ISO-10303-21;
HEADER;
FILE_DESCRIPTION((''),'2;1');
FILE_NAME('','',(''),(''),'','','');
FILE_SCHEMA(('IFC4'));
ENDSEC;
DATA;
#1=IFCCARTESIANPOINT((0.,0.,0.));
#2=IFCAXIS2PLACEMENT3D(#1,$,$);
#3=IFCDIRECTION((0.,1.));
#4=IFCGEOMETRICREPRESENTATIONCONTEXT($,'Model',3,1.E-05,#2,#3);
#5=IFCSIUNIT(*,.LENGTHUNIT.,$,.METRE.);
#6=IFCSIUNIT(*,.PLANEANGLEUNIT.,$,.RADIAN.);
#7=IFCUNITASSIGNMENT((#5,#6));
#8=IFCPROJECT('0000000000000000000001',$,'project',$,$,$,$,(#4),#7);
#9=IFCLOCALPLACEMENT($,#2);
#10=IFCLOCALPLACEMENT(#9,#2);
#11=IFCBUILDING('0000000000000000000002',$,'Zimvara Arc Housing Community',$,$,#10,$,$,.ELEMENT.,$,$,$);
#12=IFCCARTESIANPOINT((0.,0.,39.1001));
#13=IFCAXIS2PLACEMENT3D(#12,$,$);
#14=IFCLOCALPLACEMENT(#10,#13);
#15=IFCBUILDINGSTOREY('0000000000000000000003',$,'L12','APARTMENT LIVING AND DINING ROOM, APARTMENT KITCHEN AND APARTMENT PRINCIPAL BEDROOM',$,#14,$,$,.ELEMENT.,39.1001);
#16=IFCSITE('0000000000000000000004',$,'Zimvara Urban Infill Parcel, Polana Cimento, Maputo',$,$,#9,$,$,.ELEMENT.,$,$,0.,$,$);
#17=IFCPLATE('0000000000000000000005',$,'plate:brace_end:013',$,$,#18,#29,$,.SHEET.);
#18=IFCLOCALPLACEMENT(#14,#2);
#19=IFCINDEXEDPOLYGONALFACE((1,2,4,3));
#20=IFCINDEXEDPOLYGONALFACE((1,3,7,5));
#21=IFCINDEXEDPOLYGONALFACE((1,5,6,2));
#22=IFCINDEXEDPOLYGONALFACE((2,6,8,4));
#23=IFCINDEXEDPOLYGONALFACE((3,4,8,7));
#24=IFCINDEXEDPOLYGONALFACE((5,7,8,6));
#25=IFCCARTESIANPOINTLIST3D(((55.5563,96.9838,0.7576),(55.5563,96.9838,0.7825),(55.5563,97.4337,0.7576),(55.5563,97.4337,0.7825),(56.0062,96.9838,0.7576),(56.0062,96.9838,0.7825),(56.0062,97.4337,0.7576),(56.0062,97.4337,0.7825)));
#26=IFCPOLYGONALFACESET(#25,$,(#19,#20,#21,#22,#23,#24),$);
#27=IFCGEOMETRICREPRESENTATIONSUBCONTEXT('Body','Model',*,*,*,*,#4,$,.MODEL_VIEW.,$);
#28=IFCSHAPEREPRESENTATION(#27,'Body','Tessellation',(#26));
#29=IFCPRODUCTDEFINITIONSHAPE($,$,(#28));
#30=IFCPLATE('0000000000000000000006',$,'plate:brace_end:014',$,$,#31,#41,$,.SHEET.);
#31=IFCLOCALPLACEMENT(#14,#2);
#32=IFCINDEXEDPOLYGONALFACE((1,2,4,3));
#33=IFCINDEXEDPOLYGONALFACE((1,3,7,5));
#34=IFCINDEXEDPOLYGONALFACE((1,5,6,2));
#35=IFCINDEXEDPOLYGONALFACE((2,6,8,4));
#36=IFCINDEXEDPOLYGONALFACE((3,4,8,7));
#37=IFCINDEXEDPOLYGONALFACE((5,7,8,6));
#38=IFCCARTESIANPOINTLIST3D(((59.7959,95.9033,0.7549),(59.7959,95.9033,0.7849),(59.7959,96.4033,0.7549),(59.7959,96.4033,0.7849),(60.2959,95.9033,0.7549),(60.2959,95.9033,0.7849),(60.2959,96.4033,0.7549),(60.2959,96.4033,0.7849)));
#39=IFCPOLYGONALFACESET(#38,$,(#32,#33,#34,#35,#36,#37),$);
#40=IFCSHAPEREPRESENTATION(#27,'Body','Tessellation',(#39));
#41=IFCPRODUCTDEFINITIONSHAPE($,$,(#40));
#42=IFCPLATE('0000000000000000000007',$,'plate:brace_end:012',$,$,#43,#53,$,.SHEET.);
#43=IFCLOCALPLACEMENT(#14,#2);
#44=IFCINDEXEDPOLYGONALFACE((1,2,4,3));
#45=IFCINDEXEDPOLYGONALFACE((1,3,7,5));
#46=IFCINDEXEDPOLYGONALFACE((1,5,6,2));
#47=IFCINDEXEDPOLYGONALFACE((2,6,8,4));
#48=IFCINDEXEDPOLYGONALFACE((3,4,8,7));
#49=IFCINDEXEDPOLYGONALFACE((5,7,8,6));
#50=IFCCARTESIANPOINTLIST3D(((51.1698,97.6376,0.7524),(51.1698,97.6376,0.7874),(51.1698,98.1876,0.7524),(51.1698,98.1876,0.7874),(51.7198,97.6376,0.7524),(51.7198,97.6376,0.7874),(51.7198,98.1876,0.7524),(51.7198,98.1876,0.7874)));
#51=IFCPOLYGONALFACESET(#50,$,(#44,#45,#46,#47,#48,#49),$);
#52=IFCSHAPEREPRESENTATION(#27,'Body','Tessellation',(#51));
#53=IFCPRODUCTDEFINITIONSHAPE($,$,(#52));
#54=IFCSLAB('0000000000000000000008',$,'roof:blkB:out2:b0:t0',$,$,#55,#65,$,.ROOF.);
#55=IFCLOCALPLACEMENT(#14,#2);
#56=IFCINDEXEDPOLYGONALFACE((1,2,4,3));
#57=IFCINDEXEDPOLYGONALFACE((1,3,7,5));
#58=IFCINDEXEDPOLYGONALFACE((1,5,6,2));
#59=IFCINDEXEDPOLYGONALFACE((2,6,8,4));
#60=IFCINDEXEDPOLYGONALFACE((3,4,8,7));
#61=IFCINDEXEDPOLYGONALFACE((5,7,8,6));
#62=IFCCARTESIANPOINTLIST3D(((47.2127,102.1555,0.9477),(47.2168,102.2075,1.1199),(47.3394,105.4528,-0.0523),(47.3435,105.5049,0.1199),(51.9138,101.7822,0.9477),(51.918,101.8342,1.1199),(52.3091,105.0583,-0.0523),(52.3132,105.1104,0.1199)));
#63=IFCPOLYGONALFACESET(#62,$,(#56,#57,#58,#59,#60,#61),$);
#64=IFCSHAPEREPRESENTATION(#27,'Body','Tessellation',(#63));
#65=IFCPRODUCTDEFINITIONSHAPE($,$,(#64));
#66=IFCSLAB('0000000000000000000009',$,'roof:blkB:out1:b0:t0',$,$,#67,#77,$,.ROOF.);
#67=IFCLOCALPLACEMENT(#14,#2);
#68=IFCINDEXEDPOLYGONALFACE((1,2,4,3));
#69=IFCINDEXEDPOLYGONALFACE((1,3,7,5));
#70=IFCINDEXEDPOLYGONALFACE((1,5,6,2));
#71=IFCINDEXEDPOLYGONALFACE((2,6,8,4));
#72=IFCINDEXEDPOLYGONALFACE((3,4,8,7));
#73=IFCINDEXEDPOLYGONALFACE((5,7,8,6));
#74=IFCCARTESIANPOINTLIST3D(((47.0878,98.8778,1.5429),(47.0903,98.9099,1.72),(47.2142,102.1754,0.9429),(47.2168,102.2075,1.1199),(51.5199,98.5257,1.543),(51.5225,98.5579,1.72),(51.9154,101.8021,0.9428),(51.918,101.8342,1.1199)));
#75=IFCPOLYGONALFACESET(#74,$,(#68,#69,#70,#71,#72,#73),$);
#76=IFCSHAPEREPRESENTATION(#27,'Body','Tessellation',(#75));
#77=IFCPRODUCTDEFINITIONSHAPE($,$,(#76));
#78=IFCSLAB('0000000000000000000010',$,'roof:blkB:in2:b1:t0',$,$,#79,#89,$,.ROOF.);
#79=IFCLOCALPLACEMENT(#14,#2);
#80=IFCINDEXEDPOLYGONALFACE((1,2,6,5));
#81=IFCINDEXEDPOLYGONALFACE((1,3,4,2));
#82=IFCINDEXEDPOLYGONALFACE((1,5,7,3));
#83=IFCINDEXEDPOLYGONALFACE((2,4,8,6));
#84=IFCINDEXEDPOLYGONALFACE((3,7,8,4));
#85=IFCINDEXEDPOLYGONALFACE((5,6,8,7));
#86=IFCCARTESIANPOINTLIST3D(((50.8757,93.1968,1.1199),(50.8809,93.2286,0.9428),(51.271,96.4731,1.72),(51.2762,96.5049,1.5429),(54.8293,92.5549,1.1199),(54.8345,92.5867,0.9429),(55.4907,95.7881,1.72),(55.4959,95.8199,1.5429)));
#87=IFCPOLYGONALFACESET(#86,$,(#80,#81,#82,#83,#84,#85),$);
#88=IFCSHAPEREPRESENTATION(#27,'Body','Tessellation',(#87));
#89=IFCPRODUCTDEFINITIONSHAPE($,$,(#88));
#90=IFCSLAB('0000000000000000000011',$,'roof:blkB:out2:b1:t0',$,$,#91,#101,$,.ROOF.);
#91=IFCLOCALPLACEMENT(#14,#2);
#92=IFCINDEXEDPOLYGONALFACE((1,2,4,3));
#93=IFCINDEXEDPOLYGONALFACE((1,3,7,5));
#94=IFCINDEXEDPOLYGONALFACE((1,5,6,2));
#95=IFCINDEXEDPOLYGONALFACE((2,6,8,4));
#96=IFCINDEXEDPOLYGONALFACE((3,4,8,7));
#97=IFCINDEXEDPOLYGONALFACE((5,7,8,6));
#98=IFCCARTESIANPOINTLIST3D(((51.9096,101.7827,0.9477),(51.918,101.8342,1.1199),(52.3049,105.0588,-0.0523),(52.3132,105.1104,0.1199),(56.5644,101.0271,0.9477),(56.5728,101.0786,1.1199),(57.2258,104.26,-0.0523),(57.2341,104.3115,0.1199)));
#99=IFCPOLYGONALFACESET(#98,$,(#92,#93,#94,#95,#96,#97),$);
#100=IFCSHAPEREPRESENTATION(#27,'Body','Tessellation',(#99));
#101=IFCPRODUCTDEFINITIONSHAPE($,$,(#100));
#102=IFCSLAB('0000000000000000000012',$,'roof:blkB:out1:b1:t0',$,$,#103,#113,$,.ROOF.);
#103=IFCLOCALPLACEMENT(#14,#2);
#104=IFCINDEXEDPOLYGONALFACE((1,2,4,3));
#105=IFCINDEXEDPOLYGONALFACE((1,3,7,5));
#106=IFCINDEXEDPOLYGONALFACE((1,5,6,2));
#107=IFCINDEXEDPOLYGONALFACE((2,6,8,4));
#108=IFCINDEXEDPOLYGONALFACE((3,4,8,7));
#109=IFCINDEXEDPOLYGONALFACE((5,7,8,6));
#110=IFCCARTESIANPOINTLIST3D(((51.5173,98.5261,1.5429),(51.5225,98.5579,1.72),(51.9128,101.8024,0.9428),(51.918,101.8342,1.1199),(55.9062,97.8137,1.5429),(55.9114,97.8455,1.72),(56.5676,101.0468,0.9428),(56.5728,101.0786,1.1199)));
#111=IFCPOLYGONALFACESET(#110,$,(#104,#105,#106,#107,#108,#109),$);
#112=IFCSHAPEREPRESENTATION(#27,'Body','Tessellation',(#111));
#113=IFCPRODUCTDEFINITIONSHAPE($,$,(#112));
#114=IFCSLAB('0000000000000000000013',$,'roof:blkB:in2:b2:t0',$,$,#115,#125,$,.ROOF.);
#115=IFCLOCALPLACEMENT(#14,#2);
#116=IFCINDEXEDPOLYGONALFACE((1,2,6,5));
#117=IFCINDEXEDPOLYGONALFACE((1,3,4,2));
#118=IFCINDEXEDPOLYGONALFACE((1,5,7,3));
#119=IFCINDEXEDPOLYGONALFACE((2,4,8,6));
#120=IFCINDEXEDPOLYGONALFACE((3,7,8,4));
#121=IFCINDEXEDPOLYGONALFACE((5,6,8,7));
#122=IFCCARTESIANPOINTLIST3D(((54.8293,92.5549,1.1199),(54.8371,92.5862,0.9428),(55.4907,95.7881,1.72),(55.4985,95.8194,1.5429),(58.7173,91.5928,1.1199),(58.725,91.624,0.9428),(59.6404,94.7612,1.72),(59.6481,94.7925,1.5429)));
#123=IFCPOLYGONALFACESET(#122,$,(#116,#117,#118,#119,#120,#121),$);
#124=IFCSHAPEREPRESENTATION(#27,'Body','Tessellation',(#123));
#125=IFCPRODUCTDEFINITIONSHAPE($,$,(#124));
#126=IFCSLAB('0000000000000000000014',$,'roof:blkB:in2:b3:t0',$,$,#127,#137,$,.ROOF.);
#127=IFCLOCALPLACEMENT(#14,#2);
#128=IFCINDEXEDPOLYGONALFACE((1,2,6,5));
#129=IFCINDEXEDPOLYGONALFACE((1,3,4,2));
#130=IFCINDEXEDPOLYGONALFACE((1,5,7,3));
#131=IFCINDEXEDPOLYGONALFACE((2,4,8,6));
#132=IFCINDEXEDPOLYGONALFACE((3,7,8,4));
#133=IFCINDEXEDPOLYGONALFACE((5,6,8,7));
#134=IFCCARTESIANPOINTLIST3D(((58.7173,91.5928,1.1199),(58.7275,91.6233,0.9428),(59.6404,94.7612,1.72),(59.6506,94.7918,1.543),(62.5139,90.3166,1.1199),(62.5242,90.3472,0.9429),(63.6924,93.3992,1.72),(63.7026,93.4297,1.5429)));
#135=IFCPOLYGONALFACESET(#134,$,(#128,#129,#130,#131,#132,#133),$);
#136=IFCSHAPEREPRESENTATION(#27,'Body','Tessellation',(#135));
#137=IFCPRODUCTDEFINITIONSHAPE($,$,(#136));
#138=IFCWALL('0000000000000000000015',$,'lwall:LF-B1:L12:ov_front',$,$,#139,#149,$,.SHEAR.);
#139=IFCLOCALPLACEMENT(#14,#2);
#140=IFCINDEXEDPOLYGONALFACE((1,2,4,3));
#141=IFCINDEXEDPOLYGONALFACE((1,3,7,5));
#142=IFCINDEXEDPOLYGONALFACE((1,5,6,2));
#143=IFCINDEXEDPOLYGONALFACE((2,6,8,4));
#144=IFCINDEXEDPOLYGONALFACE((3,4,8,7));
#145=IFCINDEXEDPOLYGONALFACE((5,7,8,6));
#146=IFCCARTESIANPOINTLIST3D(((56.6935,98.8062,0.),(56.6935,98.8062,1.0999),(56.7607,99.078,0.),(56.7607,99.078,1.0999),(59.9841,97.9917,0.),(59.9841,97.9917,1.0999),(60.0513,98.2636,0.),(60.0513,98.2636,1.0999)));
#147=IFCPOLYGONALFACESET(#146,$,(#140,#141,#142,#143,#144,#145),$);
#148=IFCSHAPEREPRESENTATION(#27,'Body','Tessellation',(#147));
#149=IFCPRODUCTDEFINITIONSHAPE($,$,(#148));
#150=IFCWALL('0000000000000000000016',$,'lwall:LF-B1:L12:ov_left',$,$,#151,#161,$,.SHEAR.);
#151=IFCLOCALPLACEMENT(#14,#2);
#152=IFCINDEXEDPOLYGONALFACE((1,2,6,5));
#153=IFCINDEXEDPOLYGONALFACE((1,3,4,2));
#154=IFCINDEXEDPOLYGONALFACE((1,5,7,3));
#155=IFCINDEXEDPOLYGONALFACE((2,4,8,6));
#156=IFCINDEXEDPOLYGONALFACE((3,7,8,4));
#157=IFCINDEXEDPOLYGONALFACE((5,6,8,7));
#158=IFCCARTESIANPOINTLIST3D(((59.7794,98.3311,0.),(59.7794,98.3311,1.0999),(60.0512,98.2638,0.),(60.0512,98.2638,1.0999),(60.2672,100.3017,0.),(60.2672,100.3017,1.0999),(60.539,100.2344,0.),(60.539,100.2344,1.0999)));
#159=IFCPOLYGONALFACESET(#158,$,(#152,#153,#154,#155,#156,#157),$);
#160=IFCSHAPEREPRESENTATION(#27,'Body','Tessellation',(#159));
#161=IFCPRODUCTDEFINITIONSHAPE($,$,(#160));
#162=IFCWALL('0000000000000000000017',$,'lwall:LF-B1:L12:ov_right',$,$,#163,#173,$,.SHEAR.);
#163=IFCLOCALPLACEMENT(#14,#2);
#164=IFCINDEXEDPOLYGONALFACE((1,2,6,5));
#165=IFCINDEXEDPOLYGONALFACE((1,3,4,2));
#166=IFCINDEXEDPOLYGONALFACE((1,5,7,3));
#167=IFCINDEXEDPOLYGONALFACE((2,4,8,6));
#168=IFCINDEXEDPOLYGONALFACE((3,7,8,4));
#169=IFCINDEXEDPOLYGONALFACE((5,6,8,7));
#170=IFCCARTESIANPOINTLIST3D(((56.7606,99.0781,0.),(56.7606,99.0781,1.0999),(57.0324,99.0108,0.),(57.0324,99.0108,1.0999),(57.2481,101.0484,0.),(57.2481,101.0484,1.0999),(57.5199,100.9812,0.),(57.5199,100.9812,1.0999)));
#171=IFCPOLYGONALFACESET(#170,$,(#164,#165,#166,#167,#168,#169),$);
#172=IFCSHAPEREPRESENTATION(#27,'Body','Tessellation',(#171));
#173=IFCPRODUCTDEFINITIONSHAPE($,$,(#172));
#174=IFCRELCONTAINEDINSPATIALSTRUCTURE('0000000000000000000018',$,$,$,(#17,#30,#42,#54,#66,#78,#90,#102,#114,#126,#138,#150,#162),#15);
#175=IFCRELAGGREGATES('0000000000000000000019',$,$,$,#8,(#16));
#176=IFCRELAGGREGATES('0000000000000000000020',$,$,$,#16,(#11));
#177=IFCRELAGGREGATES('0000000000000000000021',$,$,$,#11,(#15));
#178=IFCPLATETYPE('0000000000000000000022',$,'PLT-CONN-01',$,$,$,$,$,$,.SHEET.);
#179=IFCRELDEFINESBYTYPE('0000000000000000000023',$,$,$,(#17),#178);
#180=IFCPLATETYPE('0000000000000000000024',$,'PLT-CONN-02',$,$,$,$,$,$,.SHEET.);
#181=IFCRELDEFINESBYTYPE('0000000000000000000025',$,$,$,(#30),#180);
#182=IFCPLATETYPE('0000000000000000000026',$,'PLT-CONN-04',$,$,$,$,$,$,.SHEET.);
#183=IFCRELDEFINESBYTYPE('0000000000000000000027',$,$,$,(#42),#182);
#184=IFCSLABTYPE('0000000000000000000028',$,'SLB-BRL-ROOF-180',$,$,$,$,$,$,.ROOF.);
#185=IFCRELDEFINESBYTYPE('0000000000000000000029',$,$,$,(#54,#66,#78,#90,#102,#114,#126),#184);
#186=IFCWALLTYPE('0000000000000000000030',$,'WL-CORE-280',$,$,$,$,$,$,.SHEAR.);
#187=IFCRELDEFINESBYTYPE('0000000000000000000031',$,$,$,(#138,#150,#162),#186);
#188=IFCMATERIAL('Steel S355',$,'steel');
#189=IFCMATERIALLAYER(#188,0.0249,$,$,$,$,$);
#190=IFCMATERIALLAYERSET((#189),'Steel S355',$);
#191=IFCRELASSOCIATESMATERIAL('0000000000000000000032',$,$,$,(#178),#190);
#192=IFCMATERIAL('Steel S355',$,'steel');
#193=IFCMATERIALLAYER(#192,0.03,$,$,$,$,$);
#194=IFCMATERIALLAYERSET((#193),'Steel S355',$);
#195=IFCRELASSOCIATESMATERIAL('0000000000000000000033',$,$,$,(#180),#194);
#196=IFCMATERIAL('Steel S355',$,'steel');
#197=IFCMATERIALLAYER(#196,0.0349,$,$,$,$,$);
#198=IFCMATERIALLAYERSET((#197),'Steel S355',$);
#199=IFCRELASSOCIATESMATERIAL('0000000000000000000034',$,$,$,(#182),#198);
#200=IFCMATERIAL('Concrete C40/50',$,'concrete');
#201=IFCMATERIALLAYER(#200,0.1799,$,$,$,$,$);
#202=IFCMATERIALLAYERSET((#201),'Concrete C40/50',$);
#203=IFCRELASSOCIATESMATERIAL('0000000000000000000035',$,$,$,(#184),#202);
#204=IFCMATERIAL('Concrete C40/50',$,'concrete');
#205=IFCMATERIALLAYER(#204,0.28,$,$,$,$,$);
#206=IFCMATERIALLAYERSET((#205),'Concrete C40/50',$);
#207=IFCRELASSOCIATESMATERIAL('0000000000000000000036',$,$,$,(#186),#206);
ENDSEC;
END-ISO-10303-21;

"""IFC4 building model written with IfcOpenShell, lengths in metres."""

from ifc_helpers import new_model, si_unit, direction, frame, frame_2d, origin, origin_2d, place, context, subcontext, project, spatial, polyline, rectangle, outline, extrude, material, layer, layer_set, type_object, element, save


model = new_model("IFC4")

# Units and contexts
model_context = context("Model", 3, precision=1e-05, world=origin(), true_north=direction((0.0, 1.0)))
body_context = subcontext(model_context, "Body", "Model", "MODEL_VIEW")
ifc_project = project(units=[si_unit("LENGTHUNIT", "METRE"), si_unit("PLANEANGLEUNIT", "RADIAN")], contexts=[model_context])

# Site, building, storey
site_placement = place(None, origin())
site = spatial("IfcSite", under=ifc_project, at=site_placement, Name="Zimvara Urban Infill Parcel, Polana Cimento, Maputo", CompositionType="ELEMENT", RefElevation=0.0)
building_placement = place(site_placement, origin())
building = spatial("IfcBuilding", under=site, at=building_placement, Name="Zimvara Arc Housing Community", CompositionType="ELEMENT")
storey_placement = place(building_placement, frame((0.0, 0.0, 39.1001)))
storey = spatial("IfcBuildingStorey", under=building, at=storey_placement, Name="L12", Description="APARTMENT LIVING AND DINING ROOM, APARTMENT KITCHEN AND APARTMENT PRINCIPAL BEDROOM", CompositionType="ELEMENT", Elevation=39.1001)

# Plates
ifc_material_1 = material(Name="Steel S355", Category="steel")
ifc_layer_1 = layer(ifc_material_1, 0.0249)
ifc_layer_set_1 = layer_set([ifc_layer_1], Name="Steel S355")
plate_type_1 = type_object("IfcPlateType", Name="PLT-CONN-01", PredefinedType="SHEET", material=ifc_layer_set_1)
plate_1_placement = place(storey_placement, frame((55.7812, 97.2087, 0.7576), z_axis=(0.0, 0.0, 1.0), x_axis=(1.0, 0.0, 0.0)))
element("IfcPlate", 1, at=plate_1_placement, inside=storey, type_object=plate_type_1, Name="plate:brace_end:013", PredefinedType="SHEET", context=body_context, shape_type="SweptSolid", body=[
    extrude(rectangle(XDim=0.45, YDim=0.45, at=origin_2d()), origin(), (0.0, 0.0, 1.0), 0.0249),
])
ifc_material_2 = material(Name="Steel S355", Category="steel")
ifc_layer_2 = layer(ifc_material_2, 0.03)
ifc_layer_set_2 = layer_set([ifc_layer_2], Name="Steel S355")
plate_type_2 = type_object("IfcPlateType", Name="PLT-CONN-02", PredefinedType="SHEET", material=ifc_layer_set_2)
plate_2_placement = place(storey_placement, frame((60.0459, 96.1533, 0.7549), z_axis=(0.0, 0.0, 1.0), x_axis=(1.0, 0.0, 0.0)))
element("IfcPlate", 2, at=plate_2_placement, inside=storey, type_object=plate_type_2, Name="plate:brace_end:014", PredefinedType="SHEET", context=body_context, shape_type="SweptSolid", body=[
    extrude(rectangle(XDim=0.5, YDim=0.5, at=origin_2d()), origin(), (0.0, 0.0, 1.0), 0.03),
])
ifc_material_3 = material(Name="Steel S355", Category="steel")
ifc_layer_3 = layer(ifc_material_3, 0.0349)
ifc_layer_set_3 = layer_set([ifc_layer_3], Name="Steel S355")
plate_type_3 = type_object("IfcPlateType", Name="PLT-CONN-04", PredefinedType="SHEET", material=ifc_layer_set_3)
plate_3_placement = place(storey_placement, frame((51.4448, 97.9126, 0.7524), z_axis=(0.0, 0.0, 1.0), x_axis=(1.0, 0.0, 0.0)))
element("IfcPlate", 3, at=plate_3_placement, inside=storey, type_object=plate_type_3, Name="plate:brace_end:012", PredefinedType="SHEET", context=body_context, shape_type="SweptSolid", body=[
    extrude(rectangle(XDim=0.55, YDim=0.55, at=origin_2d()), origin(), (0.0, 0.0, 1.0), 0.0349),
])

# Slabs
ifc_material_4 = material(Name="Concrete C40/50", Category="concrete")
ifc_layer_4 = layer(ifc_material_4, 0.1799)
ifc_layer_set_4 = layer_set([ifc_layer_4], Name="Concrete C40/50")
slab_type = type_object("IfcSlabType", Name="SLB-BRL-ROOF-180", PredefinedType="ROOF", material=ifc_layer_set_4)
slab_1_placement = place(storey_placement, frame((52.3132, 105.1104, 0.1199), z_axis=(0.022972, 0.289331, 0.956953), x_axis=(-0.996864, 0.079139, 0.000002)))
element("IfcSlab", 4, at=slab_1_placement, inside=storey, type_object=slab_type, Name="roof:blkB:out2:b0:t0", PredefinedType="ROOF", context=body_context, shape_type="SweptSolid", body=[
    extrude(outline(polyline([(0.0, 0.0), (4.9854, 0.0), (4.8507, 3.4454), (0.1348, 3.4454), (0.0, 0.0)])), origin(), (0.0, 0.0, -1.0), 0.1799),
])
slab_2_placement = place(storey_placement, frame((51.918, 101.8342, 1.1199), z_axis=(0.014175, 0.178492, 0.983839), x_axis=(-0.996862, 0.079155, 0.000002)))
element("IfcSlab", 5, at=slab_2_placement, inside=storey, type_object=slab_type, Name="roof:blkB:out1:b0:t0", PredefinedType="ROOF", context=body_context, shape_type="SweptSolid", body=[
    extrude(outline(polyline([(0.0, 0.0), (4.716, 0.0), (4.581, 3.3514), (0.1349, 3.3516), (0.0, 0.0)])), origin(), (0.0, 0.0, -1.0), 0.1799),
])
slab_3_placement = place(storey_placement, frame((50.8757, 93.1968, 1.1199), z_axis=(-0.028693, -0.176738, 0.98384), x_axis=(0.987077, -0.160246, 0.0)))
element("IfcSlab", 6, at=slab_3_placement, inside=storey, type_object=slab_type, Name="roof:blkB:in2:b1:t0", PredefinedType="ROOF", context=body_context, shape_type="SweptSolid", body=[
    extrude(outline(polyline([(0.0, 0.0), (4.0054, 0.0), (4.1401, 3.3515), (-0.1349, 3.3515), (0.0, 0.0)])), origin(), (0.0, 0.0, -1.0), 0.1799),
])
slab_4_placement = place(storey_placement, frame((57.2341, 104.3115, 0.1199), z_axis=(0.046506, 0.286489, 0.956954), x_axis=(-0.987079, 0.160236, 0.0)))
element("IfcSlab", 7, at=slab_4_placement, inside=storey, type_object=slab_type, Name="roof:blkB:out2:b1:t0", PredefinedType="ROOF", context=body_context, shape_type="SweptSolid", body=[
    extrude(outline(polyline([(0.0, 0.0), (4.9853, 0.0), (4.8505, 3.4454), (0.1348, 3.4454), (0.0, 0.0)])), origin(), (0.0, 0.0, -1.0), 0.1799),
])
slab_5_placement = place(storey_placement, frame((56.5728, 101.0786, 1.1199), z_axis=(0.028689, 0.176738, 0.98384), x_axis=(-0.987079, 0.160233, -0.000001)))
element("IfcSlab", 8, at=slab_5_placement, inside=storey, type_object=slab_type, Name="roof:blkB:out1:b1:t0", PredefinedType="ROOF", context=body_context, shape_type="SweptSolid", body=[
    extrude(outline(polyline([(0.0, 0.0), (4.7157, 0.0), (4.5811, 3.3516), (0.1348, 3.3515), (0.0, 0.0)])), origin(), (0.0, 0.0, -1.0), 0.1799),
])
slab_6_placement = place(storey_placement, frame((54.8293, 92.5549, 1.1199), z_axis=(-0.043011, -0.173808, 0.98384), x_axis=(0.970717, -0.240226, -0.000001)))
element("IfcSlab", 9, at=slab_6_placement, inside=storey, type_object=slab_type, Name="roof:blkB:in2:b2:t0", PredefinedType="ROOF", context=body_context, shape_type="SweptSolid", body=[
    extrude(outline(polyline([(0.0, 0.0), (4.0052, 0.0), (4.1401, 3.3516), (-0.1347, 3.3515), (0.0, 0.0)])), origin(), (0.0, 0.0, -1.0), 0.1799),
])
slab_7_placement = place(storey_placement, frame((58.7173, 91.5928, 1.1199), z_axis=(-0.057048, -0.169719, 0.98384), x_axis=(0.947888, -0.318604, 0.000002)))
element("IfcSlab", 10, at=slab_7_placement, inside=storey, type_object=slab_type, Name="roof:blkB:in2:b3:t0", PredefinedType="ROOF", context=body_context, shape_type="SweptSolid", body=[
    extrude(outline(polyline([(0.0, 0.0), (4.0054, 0.0), (4.1403, 3.3515), (-0.1345, 3.3516), (0.0, 0.0)])), origin(), (0.0, 0.0, -1.0), 0.1799),
])

# Walls
ifc_material_5 = material(Name="Concrete C40/50", Category="concrete")
ifc_layer_5 = layer(ifc_material_5, 0.28)
ifc_layer_set_5 = layer_set([ifc_layer_5], Name="Concrete C40/50")
wall_type = type_object("IfcWallType", Name="WL-CORE-280", PredefinedType="SHEAR", material=ifc_layer_set_5)
wall_1_placement = place(storey_placement, frame((60.0176, 98.1277, 0.0), z_axis=(0.0, 0.0, 1.0), x_axis=(-0.970708, 0.240264, 0.0)))
element("IfcWall", 11, at=wall_1_placement, inside=storey, type_object=wall_type, Name="lwall:LF-B1:L12:ov_front", PredefinedType="SHEAR", context=body_context, shape_type="SweptSolid", body=[
    extrude(rectangle(XDim=3.3899, YDim=0.28, at=frame_2d((1.6948, 0.0))), origin(), (0.0, 0.0, 1.0), 1.0999),
])
wall_2_placement = place(storey_placement, frame((59.9153, 98.2974, 0.0), z_axis=(0.0, 0.0, 1.0), x_axis=(0.240299, 0.970699, 0.0)))
element("IfcWall", 12, at=wall_2_placement, inside=storey, type_object=wall_type, Name="lwall:LF-B1:L12:ov_left", PredefinedType="SHEAR", context=body_context, shape_type="SweptSolid", body=[
    extrude(rectangle(XDim=2.03, YDim=0.28, at=frame_2d((1.0151, 0.0))), origin(), (0.0, 0.0, 1.0), 1.0999),
])
wall_3_placement = place(storey_placement, frame((56.8965, 99.0444, 0.0), z_axis=(0.0, 0.0, 1.0), x_axis=(0.240186, 0.970727, 0.0)))
element("IfcWall", 13, at=wall_3_placement, inside=storey, type_object=wall_type, Name="lwall:LF-B1:L12:ov_right", PredefinedType="SHEAR", context=body_context, shape_type="SweptSolid", body=[
    extrude(rectangle(XDim=2.0298, YDim=0.28, at=frame_2d((1.0149, 0.0))), origin(), (0.0, 0.0, 1.0), 1.0999),
])

save(model, "model.ifc")
